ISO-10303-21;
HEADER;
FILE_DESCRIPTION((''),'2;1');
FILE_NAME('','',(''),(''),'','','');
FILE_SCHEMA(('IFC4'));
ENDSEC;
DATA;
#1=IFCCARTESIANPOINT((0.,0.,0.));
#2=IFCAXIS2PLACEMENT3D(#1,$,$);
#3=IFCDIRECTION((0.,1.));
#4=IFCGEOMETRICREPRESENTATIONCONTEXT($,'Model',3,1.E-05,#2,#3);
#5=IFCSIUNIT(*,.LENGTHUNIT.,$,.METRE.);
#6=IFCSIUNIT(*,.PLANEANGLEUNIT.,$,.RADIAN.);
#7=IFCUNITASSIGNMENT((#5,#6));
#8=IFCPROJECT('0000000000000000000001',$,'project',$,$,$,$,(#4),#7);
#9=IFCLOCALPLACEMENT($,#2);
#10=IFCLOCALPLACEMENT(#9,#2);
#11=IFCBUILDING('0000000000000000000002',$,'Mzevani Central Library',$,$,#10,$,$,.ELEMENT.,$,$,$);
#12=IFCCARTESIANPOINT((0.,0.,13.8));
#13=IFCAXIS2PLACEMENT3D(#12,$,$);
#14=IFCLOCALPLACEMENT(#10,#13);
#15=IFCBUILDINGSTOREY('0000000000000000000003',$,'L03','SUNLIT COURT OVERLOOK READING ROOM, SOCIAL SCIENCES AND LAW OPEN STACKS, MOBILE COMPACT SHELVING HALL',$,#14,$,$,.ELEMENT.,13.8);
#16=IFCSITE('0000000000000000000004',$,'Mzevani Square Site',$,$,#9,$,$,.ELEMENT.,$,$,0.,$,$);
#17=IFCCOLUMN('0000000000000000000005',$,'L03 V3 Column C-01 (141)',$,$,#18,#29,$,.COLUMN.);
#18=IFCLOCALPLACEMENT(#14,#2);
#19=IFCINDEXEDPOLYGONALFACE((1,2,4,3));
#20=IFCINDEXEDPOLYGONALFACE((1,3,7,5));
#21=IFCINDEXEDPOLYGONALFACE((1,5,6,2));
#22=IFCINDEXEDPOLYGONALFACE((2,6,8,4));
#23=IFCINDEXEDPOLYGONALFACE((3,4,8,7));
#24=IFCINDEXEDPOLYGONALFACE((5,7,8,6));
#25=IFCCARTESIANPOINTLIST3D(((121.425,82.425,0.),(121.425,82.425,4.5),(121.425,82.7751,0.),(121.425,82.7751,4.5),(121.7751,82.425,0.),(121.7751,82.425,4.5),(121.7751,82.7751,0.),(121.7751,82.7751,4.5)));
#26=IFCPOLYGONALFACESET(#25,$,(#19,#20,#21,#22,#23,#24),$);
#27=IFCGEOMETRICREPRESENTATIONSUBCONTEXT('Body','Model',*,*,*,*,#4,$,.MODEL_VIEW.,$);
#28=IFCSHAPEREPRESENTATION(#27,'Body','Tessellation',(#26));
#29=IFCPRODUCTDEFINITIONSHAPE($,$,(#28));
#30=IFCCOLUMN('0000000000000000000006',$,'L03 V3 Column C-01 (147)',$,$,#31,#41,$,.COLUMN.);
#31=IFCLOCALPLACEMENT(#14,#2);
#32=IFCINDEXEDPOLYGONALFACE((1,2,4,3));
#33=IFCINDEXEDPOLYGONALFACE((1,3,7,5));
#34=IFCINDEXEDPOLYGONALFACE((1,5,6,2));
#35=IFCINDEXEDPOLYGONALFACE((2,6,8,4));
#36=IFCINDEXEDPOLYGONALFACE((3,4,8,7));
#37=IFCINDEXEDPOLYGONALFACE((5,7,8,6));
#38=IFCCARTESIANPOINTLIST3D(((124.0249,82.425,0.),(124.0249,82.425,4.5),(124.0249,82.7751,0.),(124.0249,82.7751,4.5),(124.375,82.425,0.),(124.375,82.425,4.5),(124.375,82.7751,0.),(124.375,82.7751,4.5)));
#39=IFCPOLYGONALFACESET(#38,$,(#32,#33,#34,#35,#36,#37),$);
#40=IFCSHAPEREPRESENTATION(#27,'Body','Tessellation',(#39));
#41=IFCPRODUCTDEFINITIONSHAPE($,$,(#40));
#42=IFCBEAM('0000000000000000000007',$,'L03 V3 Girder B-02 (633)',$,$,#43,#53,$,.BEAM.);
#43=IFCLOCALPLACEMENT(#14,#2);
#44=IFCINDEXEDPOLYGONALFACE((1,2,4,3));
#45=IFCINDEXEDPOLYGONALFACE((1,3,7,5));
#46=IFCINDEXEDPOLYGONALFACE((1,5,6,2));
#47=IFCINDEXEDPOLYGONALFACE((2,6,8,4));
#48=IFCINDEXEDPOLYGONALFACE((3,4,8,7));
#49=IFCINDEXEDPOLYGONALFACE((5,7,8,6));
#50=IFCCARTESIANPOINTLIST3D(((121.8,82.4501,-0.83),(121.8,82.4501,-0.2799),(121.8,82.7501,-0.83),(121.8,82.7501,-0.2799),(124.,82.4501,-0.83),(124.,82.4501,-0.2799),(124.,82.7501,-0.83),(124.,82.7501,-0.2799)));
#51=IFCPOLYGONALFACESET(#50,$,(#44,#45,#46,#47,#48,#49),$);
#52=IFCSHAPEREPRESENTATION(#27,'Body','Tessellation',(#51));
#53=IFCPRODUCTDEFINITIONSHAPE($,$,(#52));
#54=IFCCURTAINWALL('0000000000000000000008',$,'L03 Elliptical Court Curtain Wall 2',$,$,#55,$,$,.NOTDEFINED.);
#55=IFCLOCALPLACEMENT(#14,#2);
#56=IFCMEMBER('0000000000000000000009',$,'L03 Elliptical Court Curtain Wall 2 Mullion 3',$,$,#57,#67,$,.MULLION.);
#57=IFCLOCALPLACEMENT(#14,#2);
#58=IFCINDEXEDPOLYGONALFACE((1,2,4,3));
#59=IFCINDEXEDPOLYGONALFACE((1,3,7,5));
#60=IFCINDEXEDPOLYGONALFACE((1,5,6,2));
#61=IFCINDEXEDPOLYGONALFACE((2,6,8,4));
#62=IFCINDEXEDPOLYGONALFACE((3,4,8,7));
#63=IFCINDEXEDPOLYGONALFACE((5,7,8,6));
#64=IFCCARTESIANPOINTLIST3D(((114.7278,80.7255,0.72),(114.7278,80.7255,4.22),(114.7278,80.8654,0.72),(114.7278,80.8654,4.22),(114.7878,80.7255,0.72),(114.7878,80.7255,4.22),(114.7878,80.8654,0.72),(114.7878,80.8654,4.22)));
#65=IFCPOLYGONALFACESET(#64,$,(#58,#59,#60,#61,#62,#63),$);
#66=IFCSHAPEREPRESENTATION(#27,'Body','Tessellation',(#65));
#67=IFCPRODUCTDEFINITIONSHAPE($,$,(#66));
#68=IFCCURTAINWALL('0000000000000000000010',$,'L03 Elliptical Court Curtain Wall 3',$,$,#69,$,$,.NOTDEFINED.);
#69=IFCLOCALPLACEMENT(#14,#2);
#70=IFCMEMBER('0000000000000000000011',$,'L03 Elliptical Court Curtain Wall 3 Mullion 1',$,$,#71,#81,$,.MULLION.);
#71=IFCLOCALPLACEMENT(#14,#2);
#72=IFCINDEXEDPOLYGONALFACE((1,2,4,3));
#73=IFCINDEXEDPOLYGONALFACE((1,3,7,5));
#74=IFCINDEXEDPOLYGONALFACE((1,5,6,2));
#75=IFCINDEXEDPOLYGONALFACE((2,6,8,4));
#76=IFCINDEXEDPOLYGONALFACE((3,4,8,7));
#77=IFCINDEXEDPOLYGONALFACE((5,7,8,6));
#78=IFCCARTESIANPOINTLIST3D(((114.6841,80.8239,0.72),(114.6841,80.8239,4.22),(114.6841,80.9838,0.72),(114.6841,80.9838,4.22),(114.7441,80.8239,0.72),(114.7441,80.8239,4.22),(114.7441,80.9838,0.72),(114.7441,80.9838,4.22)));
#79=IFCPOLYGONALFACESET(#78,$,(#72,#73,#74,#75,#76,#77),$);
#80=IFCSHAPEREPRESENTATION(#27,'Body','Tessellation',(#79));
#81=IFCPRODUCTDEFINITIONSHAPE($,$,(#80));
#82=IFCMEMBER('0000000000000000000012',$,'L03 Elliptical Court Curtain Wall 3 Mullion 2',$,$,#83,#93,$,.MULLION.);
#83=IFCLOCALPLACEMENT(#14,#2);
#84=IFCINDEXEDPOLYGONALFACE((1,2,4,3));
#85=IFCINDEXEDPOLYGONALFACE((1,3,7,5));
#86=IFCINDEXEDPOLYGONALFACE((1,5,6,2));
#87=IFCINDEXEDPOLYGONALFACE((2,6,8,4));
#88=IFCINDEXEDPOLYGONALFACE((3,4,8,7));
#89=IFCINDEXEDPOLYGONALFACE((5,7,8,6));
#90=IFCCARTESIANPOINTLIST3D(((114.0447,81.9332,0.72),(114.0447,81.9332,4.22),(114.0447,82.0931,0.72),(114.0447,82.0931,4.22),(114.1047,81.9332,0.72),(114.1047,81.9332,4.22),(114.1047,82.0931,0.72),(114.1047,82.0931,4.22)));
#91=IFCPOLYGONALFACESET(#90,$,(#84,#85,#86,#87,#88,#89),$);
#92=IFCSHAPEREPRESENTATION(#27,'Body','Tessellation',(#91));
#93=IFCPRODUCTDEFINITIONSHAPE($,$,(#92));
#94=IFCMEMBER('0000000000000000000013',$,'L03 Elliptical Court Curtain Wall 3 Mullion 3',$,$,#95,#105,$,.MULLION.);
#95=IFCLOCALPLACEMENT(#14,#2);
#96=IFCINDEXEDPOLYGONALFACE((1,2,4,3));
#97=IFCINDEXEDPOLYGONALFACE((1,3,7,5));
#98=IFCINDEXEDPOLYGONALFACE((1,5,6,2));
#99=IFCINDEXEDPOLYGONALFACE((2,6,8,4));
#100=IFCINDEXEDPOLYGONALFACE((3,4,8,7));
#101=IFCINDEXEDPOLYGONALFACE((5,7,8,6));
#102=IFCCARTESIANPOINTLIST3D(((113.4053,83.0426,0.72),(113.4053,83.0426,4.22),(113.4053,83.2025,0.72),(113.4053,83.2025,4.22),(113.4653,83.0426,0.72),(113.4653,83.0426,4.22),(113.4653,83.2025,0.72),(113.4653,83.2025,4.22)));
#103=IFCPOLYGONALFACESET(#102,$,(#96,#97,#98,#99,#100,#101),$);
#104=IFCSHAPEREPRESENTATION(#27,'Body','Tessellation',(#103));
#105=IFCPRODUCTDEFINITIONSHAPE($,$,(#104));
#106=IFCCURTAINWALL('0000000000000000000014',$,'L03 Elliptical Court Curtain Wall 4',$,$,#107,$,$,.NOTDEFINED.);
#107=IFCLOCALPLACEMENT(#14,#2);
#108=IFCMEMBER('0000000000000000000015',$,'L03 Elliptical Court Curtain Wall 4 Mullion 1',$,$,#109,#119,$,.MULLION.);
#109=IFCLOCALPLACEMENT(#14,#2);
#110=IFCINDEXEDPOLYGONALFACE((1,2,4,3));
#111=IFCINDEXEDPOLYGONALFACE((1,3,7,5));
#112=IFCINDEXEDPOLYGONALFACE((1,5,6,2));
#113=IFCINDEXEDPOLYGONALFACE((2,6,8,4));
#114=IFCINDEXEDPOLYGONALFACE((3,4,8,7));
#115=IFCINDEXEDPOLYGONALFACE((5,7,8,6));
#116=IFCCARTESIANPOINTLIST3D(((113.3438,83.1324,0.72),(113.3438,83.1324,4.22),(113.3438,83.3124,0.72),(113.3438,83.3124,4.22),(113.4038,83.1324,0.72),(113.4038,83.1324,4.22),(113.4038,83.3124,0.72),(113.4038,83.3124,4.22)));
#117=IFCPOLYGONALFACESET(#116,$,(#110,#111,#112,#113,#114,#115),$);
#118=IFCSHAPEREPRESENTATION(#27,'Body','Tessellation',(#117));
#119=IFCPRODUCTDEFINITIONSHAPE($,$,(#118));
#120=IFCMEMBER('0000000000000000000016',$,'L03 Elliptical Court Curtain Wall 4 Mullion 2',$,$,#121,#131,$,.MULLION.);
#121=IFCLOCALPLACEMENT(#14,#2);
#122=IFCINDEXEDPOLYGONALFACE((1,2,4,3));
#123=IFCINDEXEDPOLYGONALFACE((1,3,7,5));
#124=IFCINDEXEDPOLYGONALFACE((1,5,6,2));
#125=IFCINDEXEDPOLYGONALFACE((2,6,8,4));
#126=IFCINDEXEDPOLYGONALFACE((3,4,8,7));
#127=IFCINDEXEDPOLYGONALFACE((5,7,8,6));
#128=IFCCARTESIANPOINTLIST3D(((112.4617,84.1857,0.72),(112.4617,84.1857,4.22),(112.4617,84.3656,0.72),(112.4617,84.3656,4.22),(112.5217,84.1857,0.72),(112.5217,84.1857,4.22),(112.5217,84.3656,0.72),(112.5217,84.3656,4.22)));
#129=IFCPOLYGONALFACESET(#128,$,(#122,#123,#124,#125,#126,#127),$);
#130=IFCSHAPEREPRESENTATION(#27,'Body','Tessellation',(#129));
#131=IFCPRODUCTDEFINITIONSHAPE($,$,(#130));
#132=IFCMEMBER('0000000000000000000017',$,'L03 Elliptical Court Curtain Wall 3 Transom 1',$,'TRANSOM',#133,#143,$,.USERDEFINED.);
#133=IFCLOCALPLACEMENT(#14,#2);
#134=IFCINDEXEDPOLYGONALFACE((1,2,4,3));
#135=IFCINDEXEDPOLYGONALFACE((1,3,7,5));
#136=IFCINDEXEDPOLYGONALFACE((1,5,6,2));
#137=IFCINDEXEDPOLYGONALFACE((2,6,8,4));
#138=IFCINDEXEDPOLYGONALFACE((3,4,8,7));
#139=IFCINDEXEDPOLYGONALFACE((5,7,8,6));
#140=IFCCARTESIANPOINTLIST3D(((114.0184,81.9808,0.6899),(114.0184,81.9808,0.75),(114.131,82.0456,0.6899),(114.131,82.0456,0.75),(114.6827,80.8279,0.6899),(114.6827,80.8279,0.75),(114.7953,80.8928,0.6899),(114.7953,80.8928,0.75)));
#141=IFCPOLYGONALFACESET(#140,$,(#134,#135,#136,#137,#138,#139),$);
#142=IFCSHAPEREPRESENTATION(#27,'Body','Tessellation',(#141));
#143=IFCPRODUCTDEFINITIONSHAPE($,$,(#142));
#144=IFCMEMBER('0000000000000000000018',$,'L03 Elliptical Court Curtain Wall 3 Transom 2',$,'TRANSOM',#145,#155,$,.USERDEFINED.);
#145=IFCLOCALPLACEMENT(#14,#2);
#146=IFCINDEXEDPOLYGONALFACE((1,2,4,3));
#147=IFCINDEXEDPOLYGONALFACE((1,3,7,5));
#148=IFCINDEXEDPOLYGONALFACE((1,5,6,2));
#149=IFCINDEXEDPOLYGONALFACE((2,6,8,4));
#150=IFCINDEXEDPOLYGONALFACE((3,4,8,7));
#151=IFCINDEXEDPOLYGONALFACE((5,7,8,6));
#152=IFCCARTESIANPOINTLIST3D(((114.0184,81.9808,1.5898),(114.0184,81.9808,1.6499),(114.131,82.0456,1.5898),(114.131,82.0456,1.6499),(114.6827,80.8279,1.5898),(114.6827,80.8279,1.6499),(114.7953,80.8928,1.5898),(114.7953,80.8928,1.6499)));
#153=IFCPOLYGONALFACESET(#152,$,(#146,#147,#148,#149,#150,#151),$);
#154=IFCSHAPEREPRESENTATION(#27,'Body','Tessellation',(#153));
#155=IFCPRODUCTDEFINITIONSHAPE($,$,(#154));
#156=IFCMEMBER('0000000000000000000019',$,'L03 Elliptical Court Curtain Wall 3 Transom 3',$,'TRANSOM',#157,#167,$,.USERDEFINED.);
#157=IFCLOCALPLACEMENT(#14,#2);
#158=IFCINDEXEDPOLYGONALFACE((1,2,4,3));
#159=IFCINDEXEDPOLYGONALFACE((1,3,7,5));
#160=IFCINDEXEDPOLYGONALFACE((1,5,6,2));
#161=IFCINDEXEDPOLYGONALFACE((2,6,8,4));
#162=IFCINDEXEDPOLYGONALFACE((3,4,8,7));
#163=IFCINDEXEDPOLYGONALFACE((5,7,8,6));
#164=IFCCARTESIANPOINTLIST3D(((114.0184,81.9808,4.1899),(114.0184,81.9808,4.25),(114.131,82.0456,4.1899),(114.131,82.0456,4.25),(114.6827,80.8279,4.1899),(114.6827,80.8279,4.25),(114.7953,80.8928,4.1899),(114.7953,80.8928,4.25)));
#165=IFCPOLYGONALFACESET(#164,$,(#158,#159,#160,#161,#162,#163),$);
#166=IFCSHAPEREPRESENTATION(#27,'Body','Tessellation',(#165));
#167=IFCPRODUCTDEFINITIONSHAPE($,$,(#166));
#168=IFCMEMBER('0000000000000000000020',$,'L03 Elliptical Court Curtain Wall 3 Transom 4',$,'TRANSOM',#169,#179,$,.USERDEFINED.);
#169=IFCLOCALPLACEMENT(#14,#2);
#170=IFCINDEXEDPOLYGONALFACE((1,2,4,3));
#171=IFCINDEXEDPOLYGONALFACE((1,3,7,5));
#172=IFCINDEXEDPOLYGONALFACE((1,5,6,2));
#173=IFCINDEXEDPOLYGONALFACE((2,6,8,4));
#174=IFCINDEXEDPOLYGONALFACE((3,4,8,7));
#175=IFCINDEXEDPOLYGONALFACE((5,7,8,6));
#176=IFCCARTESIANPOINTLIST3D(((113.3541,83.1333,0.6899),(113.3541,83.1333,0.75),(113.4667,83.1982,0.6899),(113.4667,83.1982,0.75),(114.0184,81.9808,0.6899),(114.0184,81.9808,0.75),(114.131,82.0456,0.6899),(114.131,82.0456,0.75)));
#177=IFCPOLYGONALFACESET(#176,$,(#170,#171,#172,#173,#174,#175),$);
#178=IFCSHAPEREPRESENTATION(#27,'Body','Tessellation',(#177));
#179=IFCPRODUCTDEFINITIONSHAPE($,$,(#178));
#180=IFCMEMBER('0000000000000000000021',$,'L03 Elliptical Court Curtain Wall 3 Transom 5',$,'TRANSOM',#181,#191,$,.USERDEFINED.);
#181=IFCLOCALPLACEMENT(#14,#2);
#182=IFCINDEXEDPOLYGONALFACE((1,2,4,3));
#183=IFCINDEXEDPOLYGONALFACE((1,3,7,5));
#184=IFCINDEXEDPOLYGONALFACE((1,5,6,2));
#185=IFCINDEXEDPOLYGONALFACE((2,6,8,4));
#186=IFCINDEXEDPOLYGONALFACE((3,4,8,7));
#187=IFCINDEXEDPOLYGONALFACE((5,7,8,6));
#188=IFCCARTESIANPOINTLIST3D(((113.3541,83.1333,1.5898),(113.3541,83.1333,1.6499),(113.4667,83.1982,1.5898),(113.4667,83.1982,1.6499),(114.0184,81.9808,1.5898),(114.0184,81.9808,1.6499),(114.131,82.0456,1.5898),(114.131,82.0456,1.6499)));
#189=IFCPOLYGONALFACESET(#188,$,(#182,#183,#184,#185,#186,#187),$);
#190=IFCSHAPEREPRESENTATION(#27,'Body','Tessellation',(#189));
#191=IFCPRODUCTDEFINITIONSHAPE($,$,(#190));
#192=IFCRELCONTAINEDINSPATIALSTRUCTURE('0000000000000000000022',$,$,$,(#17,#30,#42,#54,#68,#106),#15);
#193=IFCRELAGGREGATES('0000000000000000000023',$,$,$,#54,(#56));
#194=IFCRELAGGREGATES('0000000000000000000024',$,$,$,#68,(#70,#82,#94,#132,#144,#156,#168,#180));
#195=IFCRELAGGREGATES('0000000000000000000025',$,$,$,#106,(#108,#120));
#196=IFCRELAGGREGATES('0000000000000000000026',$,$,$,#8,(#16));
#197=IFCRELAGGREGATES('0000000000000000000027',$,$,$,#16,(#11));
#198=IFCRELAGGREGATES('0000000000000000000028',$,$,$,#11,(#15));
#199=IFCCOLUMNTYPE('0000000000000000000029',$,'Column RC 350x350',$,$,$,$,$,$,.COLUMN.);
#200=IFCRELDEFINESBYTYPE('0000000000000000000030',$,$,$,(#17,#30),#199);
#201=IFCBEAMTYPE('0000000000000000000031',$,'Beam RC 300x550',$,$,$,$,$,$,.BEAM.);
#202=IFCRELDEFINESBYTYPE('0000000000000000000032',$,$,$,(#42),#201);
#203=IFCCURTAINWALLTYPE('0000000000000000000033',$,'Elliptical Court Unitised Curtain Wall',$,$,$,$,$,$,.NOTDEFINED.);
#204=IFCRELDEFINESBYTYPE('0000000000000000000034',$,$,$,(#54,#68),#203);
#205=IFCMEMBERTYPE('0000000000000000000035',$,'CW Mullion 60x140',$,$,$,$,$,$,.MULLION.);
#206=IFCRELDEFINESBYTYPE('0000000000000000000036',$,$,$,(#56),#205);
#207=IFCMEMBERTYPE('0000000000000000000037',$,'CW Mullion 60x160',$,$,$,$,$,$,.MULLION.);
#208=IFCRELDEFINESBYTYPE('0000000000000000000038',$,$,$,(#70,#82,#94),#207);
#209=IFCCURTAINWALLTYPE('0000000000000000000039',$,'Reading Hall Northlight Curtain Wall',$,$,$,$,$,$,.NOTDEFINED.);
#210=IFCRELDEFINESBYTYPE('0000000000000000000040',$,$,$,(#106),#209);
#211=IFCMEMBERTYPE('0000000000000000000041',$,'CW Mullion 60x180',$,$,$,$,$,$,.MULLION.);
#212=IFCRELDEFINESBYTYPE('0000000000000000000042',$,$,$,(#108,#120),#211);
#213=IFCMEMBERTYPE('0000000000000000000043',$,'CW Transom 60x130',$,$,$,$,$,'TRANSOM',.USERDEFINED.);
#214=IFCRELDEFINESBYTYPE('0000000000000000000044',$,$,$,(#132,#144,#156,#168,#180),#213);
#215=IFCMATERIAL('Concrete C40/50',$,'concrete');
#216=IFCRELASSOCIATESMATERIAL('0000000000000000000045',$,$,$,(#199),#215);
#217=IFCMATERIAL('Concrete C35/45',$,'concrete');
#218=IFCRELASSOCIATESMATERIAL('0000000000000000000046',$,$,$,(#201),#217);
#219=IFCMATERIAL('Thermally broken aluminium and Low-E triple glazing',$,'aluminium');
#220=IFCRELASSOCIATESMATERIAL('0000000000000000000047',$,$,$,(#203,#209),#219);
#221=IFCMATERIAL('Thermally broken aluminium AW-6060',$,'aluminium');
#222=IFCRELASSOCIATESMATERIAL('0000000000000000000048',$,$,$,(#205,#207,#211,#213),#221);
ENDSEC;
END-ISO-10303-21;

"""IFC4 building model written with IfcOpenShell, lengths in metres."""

from ifc_helpers import new_model, si_unit, direction, frame, origin, origin_2d, place, context, subcontext, project, spatial, rectangle, extrude, material, material_profile, profile_set, type_object, element, aggregate, save


model = new_model("IFC4")

# Units and contexts
model_context = context("Model", 3, precision=1e-05, world=origin(), true_north=direction((0.0, 1.0)))
body_context = subcontext(model_context, "Body", "Model", "MODEL_VIEW")
ifc_project = project(units=[si_unit("LENGTHUNIT", "METRE"), si_unit("PLANEANGLEUNIT", "RADIAN")], contexts=[model_context])

# Site, building, storey
site_placement = place(None, origin())
site = spatial("IfcSite", under=ifc_project, at=site_placement, Name="Mzevani Square Site", CompositionType="ELEMENT", RefElevation=0.0)
building_placement = place(site_placement, origin())
building = spatial("IfcBuilding", under=site, at=building_placement, Name="Mzevani Central Library", CompositionType="ELEMENT")
storey_placement = place(building_placement, frame((0.0, 0.0, 13.8)))
storey = spatial("IfcBuildingStorey", under=building, at=storey_placement, Name="L03", Description="SUNLIT COURT OVERLOOK READING ROOM, SOCIAL SCIENCES AND LAW OPEN STACKS, MOBILE COMPACT SHELVING HALL", CompositionType="ELEMENT", Elevation=13.8)

# Columns
ifc_material_1 = material(Name="Concrete C40/50", Category="concrete")
ifc_material_profile_1 = material_profile(ifc_material_1, rectangle(XDim=0.3501, YDim=0.3501, at=origin_2d()), Name="RC 350x350")
ifc_profile_set_1 = profile_set([ifc_material_profile_1], Name="Concrete C40/50")
column_type = type_object("IfcColumnType", Name="Column RC 350x350", PredefinedType="COLUMN", material=ifc_profile_set_1)
for number, where, z_axis, x_axis, name in (
    (1, (121.6001, 82.6001, 0.0), (0.0, 0.0, 1.0), (1.0, 0.0, 0.0), "L03 V3 Column C-01 (141)"),
    (2, (124.2, 82.6001, 0.0), (0.0, 0.0, 1.0), (1.0, 0.0, 0.0), "L03 V3 Column C-01 (147)"),
):
    element("IfcColumn", number, at=place(storey_placement, frame(where, z_axis=z_axis, x_axis=x_axis)), inside=storey, type_object=column_type, Name=name, PredefinedType="COLUMN", context=body_context, shape_type="SweptSolid", body=[
        extrude(rectangle(XDim=0.3501, YDim=0.3501, at=origin_2d()), origin(), (0.0, 0.0, 1.0), 4.5),
    ])

# Beam
ifc_material_2 = material(Name="Concrete C35/45", Category="concrete")
ifc_material_profile_2 = material_profile(ifc_material_2, rectangle(XDim=0.3, YDim=0.55, at=origin_2d()), Name="RC B300x550")
ifc_profile_set_2 = profile_set([ifc_material_profile_2], Name="Concrete C35/45")
beam_type = type_object("IfcBeamType", Name="Beam RC 300x550", PredefinedType="BEAM", material=ifc_profile_set_2)
beam_placement = place(storey_placement, frame((121.8, 82.6001, -0.5549), z_axis=(1.0, 0.0, 0.0), x_axis=(0.0, 1.0, 0.0)))
element("IfcBeam", 3, at=beam_placement, inside=storey, type_object=beam_type, Name="L03 V3 Girder B-02 (633)", PredefinedType="BEAM", context=body_context, shape_type="SweptSolid", body=[
    extrude(rectangle(XDim=0.3, YDim=0.55, at=origin_2d()), origin(), (0.0, 0.0, 1.0), 2.2),
])

# Curtain wall, member
ifc_material_3 = material(Name="Thermally broken aluminium and Low-E triple glazing", Category="aluminium")
curtain_wall_type_1 = type_object("IfcCurtainWallType", Name="Elliptical Court Unitised Curtain Wall", PredefinedType="NOTDEFINED", material=ifc_material_3)
curtain_wall_1_placement = place(storey_placement, origin())
curtain_wall_1 = element("IfcCurtainWall", 4, at=curtain_wall_1_placement, inside=storey, type_object=curtain_wall_type_1, Name="L03 Elliptical Court Curtain Wall 2", PredefinedType="NOTDEFINED")
ifc_material_4 = material(Name="Thermally broken aluminium AW-6060", Category="aluminium")
ifc_material_profile_3 = material_profile(ifc_material_4, rectangle(XDim=0.0601, YDim=0.1399, at=origin_2d()), Name="ALU M60x140")
ifc_profile_set_3 = profile_set([ifc_material_profile_3], Name="Thermally broken aluminium AW-6060")
member_type_1 = type_object("IfcMemberType", Name="CW Mullion 60x140", PredefinedType="MULLION", material=ifc_profile_set_3)
member_1_placement = place(storey_placement, frame((114.7578, 80.7954, 0.72), z_axis=(0.0, 0.0, 1.0), x_axis=(1.0, 0.0, 0.0)))
member_1 = element("IfcMember", 5, at=member_1_placement, type_object=member_type_1, Name="L03 Elliptical Court Curtain Wall 2 Mullion 3", PredefinedType="MULLION", context=body_context, shape_type="SweptSolid", body=[
    extrude(rectangle(XDim=0.0601, YDim=0.1399, at=origin_2d()), origin(), (0.0, 0.0, 1.0), 3.5),
])
aggregate(curtain_wall_1, [member_1])

# Curtain walls, members
curtain_wall_2_placement = place(storey_placement, origin())
curtain_wall_2 = element("IfcCurtainWall", 6, at=curtain_wall_2_placement, inside=storey, type_object=curtain_wall_type_1, Name="L03 Elliptical Court Curtain Wall 3", PredefinedType="NOTDEFINED")
ifc_material_profile_4 = material_profile(ifc_material_4, rectangle(XDim=0.0601, YDim=0.1599, at=origin_2d()), Name="ALU M60x160")
ifc_profile_set_4 = profile_set([ifc_material_profile_4], Name="Thermally broken aluminium AW-6060")
member_type_2 = type_object("IfcMemberType", Name="CW Mullion 60x160", PredefinedType="MULLION", material=ifc_profile_set_4)
member_2_placement = place(storey_placement, frame((114.7141, 80.9038, 0.72), z_axis=(0.0, 0.0, 1.0), x_axis=(1.0, 0.0, 0.0)))
member_2 = element("IfcMember", 7, at=member_2_placement, type_object=member_type_2, Name="L03 Elliptical Court Curtain Wall 3 Mullion 1", PredefinedType="MULLION", context=body_context, shape_type="SweptSolid", body=[
    extrude(rectangle(XDim=0.0601, YDim=0.1599, at=origin_2d()), origin(), (0.0, 0.0, 1.0), 3.5),
])
member_3_placement = place(storey_placement, frame((114.0747, 82.0132, 0.72), z_axis=(0.0, 0.0, 1.0), x_axis=(1.0, 0.0, 0.0)))
member_3 = element("IfcMember", 8, at=member_3_placement, type_object=member_type_2, Name="L03 Elliptical Court Curtain Wall 3 Mullion 2", PredefinedType="MULLION", context=body_context, shape_type="SweptSolid", body=[
    extrude(rectangle(XDim=0.0601, YDim=0.1599, at=origin_2d()), origin(), (0.0, 0.0, 1.0), 3.5),
])
member_4_placement = place(storey_placement, frame((113.4353, 83.1226, 0.72), z_axis=(0.0, 0.0, 1.0), x_axis=(1.0, 0.0, 0.0)))
member_4 = element("IfcMember", 9, at=member_4_placement, type_object=member_type_2, Name="L03 Elliptical Court Curtain Wall 3 Mullion 3", PredefinedType="MULLION", context=body_context, shape_type="SweptSolid", body=[
    extrude(rectangle(XDim=0.0601, YDim=0.1599, at=origin_2d()), origin(), (0.0, 0.0, 1.0), 3.5),
])
curtain_wall_type_2 = type_object("IfcCurtainWallType", Name="Reading Hall Northlight Curtain Wall", PredefinedType="NOTDEFINED", material=ifc_material_3)
curtain_wall_3_placement = place(storey_placement, origin())
curtain_wall_3 = element("IfcCurtainWall", 10, at=curtain_wall_3_placement, inside=storey, type_object=curtain_wall_type_2, Name="L03 Elliptical Court Curtain Wall 4", PredefinedType="NOTDEFINED")
ifc_material_profile_5 = material_profile(ifc_material_4, rectangle(XDim=0.0601, YDim=0.1799, at=origin_2d()), Name="ALU M60x180")
ifc_profile_set_5 = profile_set([ifc_material_profile_5], Name="Thermally broken aluminium AW-6060")
member_type_3 = type_object("IfcMemberType", Name="CW Mullion 60x180", PredefinedType="MULLION", material=ifc_profile_set_5)
member_5_placement = place(storey_placement, frame((113.3738, 83.2224, 0.72), z_axis=(0.0, 0.0, 1.0), x_axis=(1.0, 0.0, 0.0)))
member_5 = element("IfcMember", 11, at=member_5_placement, type_object=member_type_3, Name="L03 Elliptical Court Curtain Wall 4 Mullion 1", PredefinedType="MULLION", context=body_context, shape_type="SweptSolid", body=[
    extrude(rectangle(XDim=0.0601, YDim=0.1799, at=origin_2d()), origin(), (0.0, 0.0, 1.0), 3.5),
])
member_6_placement = place(storey_placement, frame((112.4917, 84.2756, 0.72), z_axis=(0.0, 0.0, 1.0), x_axis=(1.0, 0.0, 0.0)))
member_6 = element("IfcMember", 12, at=member_6_placement, type_object=member_type_3, Name="L03 Elliptical Court Curtain Wall 4 Mullion 2", PredefinedType="MULLION", context=body_context, shape_type="SweptSolid", body=[
    extrude(rectangle(XDim=0.0601, YDim=0.1799, at=origin_2d()), origin(), (0.0, 0.0, 1.0), 3.5),
])

# Members
ifc_material_profile_6 = material_profile(ifc_material_4, rectangle(XDim=0.1299, YDim=0.0601, at=origin_2d()), Name="ALU T60x130")
ifc_profile_set_6 = profile_set([ifc_material_profile_6], Name="Thermally broken aluminium AW-6060")
member_type_4 = type_object("IfcMemberType", Name="CW Transom 60x130", ElementType="TRANSOM", PredefinedType="USERDEFINED", material=ifc_profile_set_6)
member_7_placement = place(storey_placement, frame((114.739, 80.8604, 0.72), z_axis=(-0.499278, 0.866442, 0.0), x_axis=(-0.866442, -0.499278, 0.0)))
member_7 = element("IfcMember", 13, at=member_7_placement, type_object=member_type_4, Name="L03 Elliptical Court Curtain Wall 3 Transom 1", ObjectType="TRANSOM", PredefinedType="USERDEFINED", context=body_context, shape_type="SweptSolid", body=[
    extrude(rectangle(XDim=0.1299, YDim=0.0601, at=origin_2d()), origin(), (0.0, 0.0, 1.0), 1.3306),
])
member_8_placement = place(storey_placement, frame((114.739, 80.8604, 1.6199), z_axis=(-0.499278, 0.866442, 0.0), x_axis=(-0.866442, -0.499278, 0.0)))
member_8 = element("IfcMember", 14, at=member_8_placement, type_object=member_type_4, Name="L03 Elliptical Court Curtain Wall 3 Transom 2", ObjectType="TRANSOM", PredefinedType="USERDEFINED", context=body_context, shape_type="SweptSolid", body=[
    extrude(rectangle(XDim=0.1299, YDim=0.0601, at=origin_2d()), origin(), (0.0, 0.0, 1.0), 1.3306),
])
member_9_placement = place(storey_placement, frame((114.739, 80.8604, 4.22), z_axis=(-0.499278, 0.866442, 0.0), x_axis=(-0.866442, -0.499278, 0.0)))
member_9 = element("IfcMember", 15, at=member_9_placement, type_object=member_type_4, Name="L03 Elliptical Court Curtain Wall 3 Transom 3", ObjectType="TRANSOM", PredefinedType="USERDEFINED", context=body_context, shape_type="SweptSolid", body=[
    extrude(rectangle(XDim=0.1299, YDim=0.0601, at=origin_2d()), origin(), (0.0, 0.0, 1.0), 1.3306),
])
member_10_placement = place(storey_placement, frame((114.0747, 82.0132, 0.72), z_axis=(-0.499357, 0.866396, 0.0), x_axis=(-0.866396, -0.499357, 0.0)))
member_10 = element("IfcMember", 16, at=member_10_placement, type_object=member_type_4, Name="L03 Elliptical Court Curtain Wall 3 Transom 4", ObjectType="TRANSOM", PredefinedType="USERDEFINED", context=body_context, shape_type="SweptSolid", body=[
    extrude(rectangle(XDim=0.1299, YDim=0.0601, at=origin_2d()), origin(), (0.0, 0.0, 1.0), 1.3303),
])
member_11_placement = place(storey_placement, frame((114.0747, 82.0132, 1.6199), z_axis=(-0.499357, 0.866396, 0.0), x_axis=(-0.866396, -0.499357, 0.0)))
member_11 = element("IfcMember", 17, at=member_11_placement, type_object=member_type_4, Name="L03 Elliptical Court Curtain Wall 3 Transom 5", ObjectType="TRANSOM", PredefinedType="USERDEFINED", context=body_context, shape_type="SweptSolid", body=[
    extrude(rectangle(XDim=0.1299, YDim=0.0601, at=origin_2d()), origin(), (0.0, 0.0, 1.0), 1.3303),
])

aggregate(curtain_wall_2, [member_2, member_3, member_4, member_7, member_8, member_9, member_10, member_11])
aggregate(curtain_wall_3, [member_5, member_6])

save(model, "model.ifc")
